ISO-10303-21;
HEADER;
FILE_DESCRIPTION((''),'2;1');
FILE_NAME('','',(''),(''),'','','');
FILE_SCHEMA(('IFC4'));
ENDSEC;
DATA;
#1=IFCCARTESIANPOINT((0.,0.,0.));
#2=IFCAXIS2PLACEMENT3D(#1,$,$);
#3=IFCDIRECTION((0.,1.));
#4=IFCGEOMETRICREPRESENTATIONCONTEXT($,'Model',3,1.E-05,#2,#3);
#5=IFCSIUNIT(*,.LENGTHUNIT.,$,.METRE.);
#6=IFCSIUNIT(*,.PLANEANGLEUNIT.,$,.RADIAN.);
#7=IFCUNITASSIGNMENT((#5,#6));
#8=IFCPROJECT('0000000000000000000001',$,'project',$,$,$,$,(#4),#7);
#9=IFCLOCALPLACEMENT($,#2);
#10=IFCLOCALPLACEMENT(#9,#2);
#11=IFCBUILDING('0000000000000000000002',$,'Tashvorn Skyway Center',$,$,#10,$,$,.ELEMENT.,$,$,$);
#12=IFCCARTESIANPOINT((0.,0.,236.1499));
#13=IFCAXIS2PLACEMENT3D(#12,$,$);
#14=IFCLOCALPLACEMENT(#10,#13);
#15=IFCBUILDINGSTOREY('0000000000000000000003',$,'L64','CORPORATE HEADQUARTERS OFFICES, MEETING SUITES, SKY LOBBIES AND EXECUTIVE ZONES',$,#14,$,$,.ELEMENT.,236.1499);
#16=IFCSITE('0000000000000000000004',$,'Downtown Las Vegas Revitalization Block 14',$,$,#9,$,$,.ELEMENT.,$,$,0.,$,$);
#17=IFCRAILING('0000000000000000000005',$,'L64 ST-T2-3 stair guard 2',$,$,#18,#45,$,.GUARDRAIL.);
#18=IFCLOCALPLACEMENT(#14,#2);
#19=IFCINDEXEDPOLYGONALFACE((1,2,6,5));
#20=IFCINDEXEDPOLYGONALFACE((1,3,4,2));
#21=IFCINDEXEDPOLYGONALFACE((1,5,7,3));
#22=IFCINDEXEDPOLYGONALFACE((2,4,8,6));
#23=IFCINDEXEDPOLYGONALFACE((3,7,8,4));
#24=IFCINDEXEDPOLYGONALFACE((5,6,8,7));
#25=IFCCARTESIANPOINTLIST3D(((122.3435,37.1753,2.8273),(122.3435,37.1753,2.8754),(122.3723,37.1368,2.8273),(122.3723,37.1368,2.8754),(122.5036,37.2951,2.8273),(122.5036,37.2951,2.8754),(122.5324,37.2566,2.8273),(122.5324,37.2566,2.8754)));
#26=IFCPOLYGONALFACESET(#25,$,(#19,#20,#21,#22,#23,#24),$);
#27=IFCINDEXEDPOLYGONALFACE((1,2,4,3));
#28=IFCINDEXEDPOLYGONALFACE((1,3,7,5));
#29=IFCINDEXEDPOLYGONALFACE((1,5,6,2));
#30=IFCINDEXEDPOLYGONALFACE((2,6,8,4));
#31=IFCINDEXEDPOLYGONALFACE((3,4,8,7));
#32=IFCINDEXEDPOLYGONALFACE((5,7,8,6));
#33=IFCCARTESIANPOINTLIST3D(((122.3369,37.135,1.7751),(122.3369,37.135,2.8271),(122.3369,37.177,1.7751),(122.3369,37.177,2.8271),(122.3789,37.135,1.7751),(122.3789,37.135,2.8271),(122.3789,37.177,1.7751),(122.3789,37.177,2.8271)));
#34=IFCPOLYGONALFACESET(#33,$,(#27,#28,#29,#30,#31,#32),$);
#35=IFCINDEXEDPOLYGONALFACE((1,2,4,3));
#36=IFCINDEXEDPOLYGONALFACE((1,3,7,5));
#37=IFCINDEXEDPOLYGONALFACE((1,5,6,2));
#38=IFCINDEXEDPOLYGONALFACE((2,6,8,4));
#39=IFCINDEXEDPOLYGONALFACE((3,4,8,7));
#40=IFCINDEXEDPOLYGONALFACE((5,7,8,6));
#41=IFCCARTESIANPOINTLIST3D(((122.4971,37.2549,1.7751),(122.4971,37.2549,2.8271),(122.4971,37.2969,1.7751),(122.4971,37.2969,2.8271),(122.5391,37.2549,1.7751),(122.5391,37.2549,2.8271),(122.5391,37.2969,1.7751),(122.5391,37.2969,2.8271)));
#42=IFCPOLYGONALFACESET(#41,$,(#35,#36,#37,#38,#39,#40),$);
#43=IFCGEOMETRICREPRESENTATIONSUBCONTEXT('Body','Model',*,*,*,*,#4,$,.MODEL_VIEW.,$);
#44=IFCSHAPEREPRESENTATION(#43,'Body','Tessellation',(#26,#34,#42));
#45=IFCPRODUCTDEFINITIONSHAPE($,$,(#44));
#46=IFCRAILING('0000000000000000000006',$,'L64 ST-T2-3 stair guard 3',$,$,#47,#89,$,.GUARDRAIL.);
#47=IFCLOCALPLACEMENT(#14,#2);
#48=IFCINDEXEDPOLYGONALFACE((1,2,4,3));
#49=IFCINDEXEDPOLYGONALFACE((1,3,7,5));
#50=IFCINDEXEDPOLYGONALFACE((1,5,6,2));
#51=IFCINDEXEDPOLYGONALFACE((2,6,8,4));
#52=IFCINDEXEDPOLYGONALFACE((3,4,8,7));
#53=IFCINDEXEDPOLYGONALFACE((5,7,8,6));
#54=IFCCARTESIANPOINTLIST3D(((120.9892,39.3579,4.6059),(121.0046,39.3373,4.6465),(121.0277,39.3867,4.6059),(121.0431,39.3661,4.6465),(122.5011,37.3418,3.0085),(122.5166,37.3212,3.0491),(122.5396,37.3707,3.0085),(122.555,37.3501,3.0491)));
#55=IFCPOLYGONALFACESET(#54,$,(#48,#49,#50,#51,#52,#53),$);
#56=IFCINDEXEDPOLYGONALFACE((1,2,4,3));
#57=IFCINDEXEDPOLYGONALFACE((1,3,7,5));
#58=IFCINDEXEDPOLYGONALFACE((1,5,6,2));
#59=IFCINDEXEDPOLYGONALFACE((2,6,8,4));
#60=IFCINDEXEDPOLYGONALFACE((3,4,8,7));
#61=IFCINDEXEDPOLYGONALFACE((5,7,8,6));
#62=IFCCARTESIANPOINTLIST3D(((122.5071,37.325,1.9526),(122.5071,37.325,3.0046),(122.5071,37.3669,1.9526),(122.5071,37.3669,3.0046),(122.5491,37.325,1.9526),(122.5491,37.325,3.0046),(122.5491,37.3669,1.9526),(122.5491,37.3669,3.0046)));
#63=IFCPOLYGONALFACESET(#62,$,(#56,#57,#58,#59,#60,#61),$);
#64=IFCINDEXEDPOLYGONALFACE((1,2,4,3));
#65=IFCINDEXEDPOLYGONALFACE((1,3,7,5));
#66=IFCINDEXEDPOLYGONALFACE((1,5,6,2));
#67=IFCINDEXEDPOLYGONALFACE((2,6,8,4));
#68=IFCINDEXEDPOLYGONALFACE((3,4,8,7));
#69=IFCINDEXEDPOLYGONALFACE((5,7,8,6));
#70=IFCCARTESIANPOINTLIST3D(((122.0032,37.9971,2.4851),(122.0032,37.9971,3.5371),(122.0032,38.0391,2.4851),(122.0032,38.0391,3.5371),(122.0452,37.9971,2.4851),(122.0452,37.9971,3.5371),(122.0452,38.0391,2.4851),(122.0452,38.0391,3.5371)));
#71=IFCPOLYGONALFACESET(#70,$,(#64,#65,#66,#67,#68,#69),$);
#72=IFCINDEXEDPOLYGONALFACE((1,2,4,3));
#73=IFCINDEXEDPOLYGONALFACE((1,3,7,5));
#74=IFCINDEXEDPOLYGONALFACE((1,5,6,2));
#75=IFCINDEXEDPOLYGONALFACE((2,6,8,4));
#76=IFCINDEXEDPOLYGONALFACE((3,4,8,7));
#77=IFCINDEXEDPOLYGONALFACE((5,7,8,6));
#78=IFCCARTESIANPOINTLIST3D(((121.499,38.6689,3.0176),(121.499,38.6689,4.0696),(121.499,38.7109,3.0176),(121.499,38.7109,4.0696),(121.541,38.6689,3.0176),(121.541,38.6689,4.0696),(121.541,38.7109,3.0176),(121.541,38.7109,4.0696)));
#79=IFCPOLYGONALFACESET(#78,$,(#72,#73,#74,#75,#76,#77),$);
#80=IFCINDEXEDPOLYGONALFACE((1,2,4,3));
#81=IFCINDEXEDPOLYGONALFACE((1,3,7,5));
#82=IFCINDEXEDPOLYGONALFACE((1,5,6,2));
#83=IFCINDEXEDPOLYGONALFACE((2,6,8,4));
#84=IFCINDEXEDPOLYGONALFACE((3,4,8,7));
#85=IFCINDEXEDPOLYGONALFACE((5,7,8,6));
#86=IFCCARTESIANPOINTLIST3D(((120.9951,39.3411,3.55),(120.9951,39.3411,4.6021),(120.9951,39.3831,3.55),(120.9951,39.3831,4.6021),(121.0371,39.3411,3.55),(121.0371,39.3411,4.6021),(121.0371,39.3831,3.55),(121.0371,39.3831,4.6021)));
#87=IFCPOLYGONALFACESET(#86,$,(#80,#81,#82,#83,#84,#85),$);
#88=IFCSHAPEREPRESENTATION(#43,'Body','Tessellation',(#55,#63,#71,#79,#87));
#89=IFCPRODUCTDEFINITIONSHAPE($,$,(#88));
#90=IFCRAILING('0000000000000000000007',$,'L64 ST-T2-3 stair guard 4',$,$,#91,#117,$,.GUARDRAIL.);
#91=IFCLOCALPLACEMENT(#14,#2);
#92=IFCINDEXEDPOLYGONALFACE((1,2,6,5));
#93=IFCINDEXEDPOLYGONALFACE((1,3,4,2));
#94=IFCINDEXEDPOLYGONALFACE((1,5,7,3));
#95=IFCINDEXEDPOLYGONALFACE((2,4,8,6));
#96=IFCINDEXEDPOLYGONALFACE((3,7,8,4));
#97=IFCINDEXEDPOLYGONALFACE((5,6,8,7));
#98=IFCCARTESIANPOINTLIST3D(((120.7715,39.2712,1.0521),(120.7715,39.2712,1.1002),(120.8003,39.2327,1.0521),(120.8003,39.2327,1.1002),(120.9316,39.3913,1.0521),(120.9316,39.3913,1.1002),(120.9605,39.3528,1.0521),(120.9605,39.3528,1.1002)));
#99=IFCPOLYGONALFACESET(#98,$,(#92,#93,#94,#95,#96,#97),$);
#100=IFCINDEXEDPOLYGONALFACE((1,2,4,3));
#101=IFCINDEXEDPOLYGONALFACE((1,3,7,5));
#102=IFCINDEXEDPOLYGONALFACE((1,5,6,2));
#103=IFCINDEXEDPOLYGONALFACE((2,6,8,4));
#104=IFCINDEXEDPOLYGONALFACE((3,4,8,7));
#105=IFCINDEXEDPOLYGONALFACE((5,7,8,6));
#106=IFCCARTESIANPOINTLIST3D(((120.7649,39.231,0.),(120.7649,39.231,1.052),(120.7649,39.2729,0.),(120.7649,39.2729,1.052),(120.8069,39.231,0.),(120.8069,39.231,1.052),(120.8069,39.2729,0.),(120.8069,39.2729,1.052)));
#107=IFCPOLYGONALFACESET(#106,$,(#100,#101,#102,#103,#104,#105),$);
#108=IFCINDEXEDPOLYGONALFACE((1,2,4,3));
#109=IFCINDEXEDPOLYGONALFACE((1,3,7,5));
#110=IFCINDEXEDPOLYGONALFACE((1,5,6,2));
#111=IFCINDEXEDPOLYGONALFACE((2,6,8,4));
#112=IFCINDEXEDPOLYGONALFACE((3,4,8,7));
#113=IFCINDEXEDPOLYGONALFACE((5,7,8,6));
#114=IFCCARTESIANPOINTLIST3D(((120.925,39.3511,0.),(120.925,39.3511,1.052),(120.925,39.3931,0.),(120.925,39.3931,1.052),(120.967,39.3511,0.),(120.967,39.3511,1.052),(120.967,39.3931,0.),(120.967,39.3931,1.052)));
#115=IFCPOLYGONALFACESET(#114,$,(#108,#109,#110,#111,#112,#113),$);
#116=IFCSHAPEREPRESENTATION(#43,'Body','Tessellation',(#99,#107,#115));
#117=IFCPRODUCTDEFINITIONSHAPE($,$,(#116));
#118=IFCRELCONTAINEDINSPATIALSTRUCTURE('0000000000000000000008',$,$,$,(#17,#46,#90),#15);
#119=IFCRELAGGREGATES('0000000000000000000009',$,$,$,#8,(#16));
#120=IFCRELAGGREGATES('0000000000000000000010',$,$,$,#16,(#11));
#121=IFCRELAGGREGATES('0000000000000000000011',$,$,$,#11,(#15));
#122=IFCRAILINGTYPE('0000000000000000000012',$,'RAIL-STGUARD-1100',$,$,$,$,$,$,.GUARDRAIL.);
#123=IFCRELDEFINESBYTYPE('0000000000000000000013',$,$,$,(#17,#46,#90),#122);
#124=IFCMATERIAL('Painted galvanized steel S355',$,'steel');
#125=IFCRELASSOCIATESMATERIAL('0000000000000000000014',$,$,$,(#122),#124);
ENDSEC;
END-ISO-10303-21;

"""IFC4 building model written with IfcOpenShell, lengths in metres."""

from ifc_helpers import new_model, si_unit, direction, frame, origin, origin_2d, place, context, subcontext, project, spatial, rectangle, extrude, material, type_object, element, save


model = new_model("IFC4")

# Units and contexts
model_context = context("Model", 3, precision=1e-05, world=origin(), true_north=direction((0.0, 1.0)))
body_context = subcontext(model_context, "Body", "Model", "MODEL_VIEW")
ifc_project = project(units=[si_unit("LENGTHUNIT", "METRE"), si_unit("PLANEANGLEUNIT", "RADIAN")], contexts=[model_context])

# Site, building, storey
site_placement = place(None, origin())
site = spatial("IfcSite", under=ifc_project, at=site_placement, Name="Downtown Las Vegas Revitalization Block 14", CompositionType="ELEMENT", RefElevation=0.0)
building_placement = place(site_placement, origin())
building = spatial("IfcBuilding", under=site, at=building_placement, Name="Tashvorn Skyway Center", CompositionType="ELEMENT")
storey_placement = place(building_placement, frame((0.0, 0.0, 236.1499)))
storey = spatial("IfcBuildingStorey", under=building, at=storey_placement, Name="L64", Description="CORPORATE HEADQUARTERS OFFICES, MEETING SUITES, SKY LOBBIES AND EXECUTIVE ZONES", CompositionType="ELEMENT", Elevation=236.1499)

# Railings
ifc_material_1 = material(Name="Painted galvanized steel S355", Category="steel")
railing_type_1 = type_object("IfcRailingType", Name="RAIL-STGUARD-1100", PredefinedType="GUARDRAIL", material=ifc_material_1)
railing_1_placement = place(storey_placement, frame((122.3579, 37.156, 1.7751)))
element("IfcRailing", 1, at=railing_1_placement, inside=storey, type_object=railing_type_1, Name="L64 ST-T2-3 stair guard 2", PredefinedType="GUARDRAIL", context=body_context, shape_type="SweptSolid", body=[
    extrude(rectangle(XDim=0.0481, YDim=0.0481, at=origin_2d()), frame((0.0, 0.0, 1.0762), z_axis=(0.800585, 0.599219, 0.0), x_axis=(-0.599219, 0.800585, 0.0)), (0.0, 0.0, 1.0), 0.2),
    extrude(rectangle(XDim=0.042, YDim=0.042, at=origin_2d()), origin(), (0.0, 0.0, 1.0), 1.052),
    extrude(rectangle(XDim=0.042, YDim=0.042, at=origin_2d()), frame((0.1602, 0.1199, 0.0)), (0.0, 0.0, 1.0), 1.052),
])
railing_2_placement = place(storey_placement, frame((122.5281, 37.3459, 1.9526)))
element("IfcRailing", 2, at=railing_2_placement, inside=storey, type_object=railing_type_1, Name="L64 ST-T2-3 stair guard 3", PredefinedType="GUARDRAIL", context=body_context, shape_type="SweptSolid", body=[
    extrude(rectangle(XDim=0.0481, YDim=0.0481, at=origin_2d()), frame((0.0, 0.0, 1.0762), z_axis=(-0.506741, 0.675709, 0.535379), x_axis=(-0.800023, -0.599969, 0.0)), (0.0, 0.0, 1.0), 2.9836),
    extrude(rectangle(XDim=0.042, YDim=0.042, at=origin_2d()), origin(), (0.0, 0.0, 1.0), 1.052),
    extrude(rectangle(XDim=0.042, YDim=0.042, at=origin_2d()), frame((-0.5039, 0.6721, 0.5325)), (0.0, 0.0, 1.0), 1.052),
    extrude(rectangle(XDim=0.042, YDim=0.042, at=origin_2d()), frame((-1.0081, 1.344, 1.0649)), (0.0, 0.0, 1.0), 1.052),
    extrude(rectangle(XDim=0.042, YDim=0.042, at=origin_2d()), frame((-1.512, 2.0161, 1.5974)), (0.0, 0.0, 1.0), 1.052),
])
railing_3_placement = place(storey_placement, frame((120.7859, 39.252, 0.0)))
element("IfcRailing", 3, at=railing_3_placement, inside=storey, type_object=railing_type_1, Name="L64 ST-T2-3 stair guard 4", PredefinedType="GUARDRAIL", context=body_context, shape_type="SweptSolid", body=[
    extrude(rectangle(XDim=0.0481, YDim=0.0481, at=origin_2d()), frame((0.0, 0.0, 1.0762), z_axis=(0.8, 0.6, 0.0), x_axis=(-0.6, 0.8, 0.0)), (0.0, 0.0, 1.0), 0.2002),
    extrude(rectangle(XDim=0.042, YDim=0.042, at=origin_2d()), origin(), (0.0, 0.0, 1.0), 1.052),
    extrude(rectangle(XDim=0.042, YDim=0.042, at=origin_2d()), frame((0.1602, 0.1201, 0.0)), (0.0, 0.0, 1.0), 1.052),
])

save(model, "model.ifc")
